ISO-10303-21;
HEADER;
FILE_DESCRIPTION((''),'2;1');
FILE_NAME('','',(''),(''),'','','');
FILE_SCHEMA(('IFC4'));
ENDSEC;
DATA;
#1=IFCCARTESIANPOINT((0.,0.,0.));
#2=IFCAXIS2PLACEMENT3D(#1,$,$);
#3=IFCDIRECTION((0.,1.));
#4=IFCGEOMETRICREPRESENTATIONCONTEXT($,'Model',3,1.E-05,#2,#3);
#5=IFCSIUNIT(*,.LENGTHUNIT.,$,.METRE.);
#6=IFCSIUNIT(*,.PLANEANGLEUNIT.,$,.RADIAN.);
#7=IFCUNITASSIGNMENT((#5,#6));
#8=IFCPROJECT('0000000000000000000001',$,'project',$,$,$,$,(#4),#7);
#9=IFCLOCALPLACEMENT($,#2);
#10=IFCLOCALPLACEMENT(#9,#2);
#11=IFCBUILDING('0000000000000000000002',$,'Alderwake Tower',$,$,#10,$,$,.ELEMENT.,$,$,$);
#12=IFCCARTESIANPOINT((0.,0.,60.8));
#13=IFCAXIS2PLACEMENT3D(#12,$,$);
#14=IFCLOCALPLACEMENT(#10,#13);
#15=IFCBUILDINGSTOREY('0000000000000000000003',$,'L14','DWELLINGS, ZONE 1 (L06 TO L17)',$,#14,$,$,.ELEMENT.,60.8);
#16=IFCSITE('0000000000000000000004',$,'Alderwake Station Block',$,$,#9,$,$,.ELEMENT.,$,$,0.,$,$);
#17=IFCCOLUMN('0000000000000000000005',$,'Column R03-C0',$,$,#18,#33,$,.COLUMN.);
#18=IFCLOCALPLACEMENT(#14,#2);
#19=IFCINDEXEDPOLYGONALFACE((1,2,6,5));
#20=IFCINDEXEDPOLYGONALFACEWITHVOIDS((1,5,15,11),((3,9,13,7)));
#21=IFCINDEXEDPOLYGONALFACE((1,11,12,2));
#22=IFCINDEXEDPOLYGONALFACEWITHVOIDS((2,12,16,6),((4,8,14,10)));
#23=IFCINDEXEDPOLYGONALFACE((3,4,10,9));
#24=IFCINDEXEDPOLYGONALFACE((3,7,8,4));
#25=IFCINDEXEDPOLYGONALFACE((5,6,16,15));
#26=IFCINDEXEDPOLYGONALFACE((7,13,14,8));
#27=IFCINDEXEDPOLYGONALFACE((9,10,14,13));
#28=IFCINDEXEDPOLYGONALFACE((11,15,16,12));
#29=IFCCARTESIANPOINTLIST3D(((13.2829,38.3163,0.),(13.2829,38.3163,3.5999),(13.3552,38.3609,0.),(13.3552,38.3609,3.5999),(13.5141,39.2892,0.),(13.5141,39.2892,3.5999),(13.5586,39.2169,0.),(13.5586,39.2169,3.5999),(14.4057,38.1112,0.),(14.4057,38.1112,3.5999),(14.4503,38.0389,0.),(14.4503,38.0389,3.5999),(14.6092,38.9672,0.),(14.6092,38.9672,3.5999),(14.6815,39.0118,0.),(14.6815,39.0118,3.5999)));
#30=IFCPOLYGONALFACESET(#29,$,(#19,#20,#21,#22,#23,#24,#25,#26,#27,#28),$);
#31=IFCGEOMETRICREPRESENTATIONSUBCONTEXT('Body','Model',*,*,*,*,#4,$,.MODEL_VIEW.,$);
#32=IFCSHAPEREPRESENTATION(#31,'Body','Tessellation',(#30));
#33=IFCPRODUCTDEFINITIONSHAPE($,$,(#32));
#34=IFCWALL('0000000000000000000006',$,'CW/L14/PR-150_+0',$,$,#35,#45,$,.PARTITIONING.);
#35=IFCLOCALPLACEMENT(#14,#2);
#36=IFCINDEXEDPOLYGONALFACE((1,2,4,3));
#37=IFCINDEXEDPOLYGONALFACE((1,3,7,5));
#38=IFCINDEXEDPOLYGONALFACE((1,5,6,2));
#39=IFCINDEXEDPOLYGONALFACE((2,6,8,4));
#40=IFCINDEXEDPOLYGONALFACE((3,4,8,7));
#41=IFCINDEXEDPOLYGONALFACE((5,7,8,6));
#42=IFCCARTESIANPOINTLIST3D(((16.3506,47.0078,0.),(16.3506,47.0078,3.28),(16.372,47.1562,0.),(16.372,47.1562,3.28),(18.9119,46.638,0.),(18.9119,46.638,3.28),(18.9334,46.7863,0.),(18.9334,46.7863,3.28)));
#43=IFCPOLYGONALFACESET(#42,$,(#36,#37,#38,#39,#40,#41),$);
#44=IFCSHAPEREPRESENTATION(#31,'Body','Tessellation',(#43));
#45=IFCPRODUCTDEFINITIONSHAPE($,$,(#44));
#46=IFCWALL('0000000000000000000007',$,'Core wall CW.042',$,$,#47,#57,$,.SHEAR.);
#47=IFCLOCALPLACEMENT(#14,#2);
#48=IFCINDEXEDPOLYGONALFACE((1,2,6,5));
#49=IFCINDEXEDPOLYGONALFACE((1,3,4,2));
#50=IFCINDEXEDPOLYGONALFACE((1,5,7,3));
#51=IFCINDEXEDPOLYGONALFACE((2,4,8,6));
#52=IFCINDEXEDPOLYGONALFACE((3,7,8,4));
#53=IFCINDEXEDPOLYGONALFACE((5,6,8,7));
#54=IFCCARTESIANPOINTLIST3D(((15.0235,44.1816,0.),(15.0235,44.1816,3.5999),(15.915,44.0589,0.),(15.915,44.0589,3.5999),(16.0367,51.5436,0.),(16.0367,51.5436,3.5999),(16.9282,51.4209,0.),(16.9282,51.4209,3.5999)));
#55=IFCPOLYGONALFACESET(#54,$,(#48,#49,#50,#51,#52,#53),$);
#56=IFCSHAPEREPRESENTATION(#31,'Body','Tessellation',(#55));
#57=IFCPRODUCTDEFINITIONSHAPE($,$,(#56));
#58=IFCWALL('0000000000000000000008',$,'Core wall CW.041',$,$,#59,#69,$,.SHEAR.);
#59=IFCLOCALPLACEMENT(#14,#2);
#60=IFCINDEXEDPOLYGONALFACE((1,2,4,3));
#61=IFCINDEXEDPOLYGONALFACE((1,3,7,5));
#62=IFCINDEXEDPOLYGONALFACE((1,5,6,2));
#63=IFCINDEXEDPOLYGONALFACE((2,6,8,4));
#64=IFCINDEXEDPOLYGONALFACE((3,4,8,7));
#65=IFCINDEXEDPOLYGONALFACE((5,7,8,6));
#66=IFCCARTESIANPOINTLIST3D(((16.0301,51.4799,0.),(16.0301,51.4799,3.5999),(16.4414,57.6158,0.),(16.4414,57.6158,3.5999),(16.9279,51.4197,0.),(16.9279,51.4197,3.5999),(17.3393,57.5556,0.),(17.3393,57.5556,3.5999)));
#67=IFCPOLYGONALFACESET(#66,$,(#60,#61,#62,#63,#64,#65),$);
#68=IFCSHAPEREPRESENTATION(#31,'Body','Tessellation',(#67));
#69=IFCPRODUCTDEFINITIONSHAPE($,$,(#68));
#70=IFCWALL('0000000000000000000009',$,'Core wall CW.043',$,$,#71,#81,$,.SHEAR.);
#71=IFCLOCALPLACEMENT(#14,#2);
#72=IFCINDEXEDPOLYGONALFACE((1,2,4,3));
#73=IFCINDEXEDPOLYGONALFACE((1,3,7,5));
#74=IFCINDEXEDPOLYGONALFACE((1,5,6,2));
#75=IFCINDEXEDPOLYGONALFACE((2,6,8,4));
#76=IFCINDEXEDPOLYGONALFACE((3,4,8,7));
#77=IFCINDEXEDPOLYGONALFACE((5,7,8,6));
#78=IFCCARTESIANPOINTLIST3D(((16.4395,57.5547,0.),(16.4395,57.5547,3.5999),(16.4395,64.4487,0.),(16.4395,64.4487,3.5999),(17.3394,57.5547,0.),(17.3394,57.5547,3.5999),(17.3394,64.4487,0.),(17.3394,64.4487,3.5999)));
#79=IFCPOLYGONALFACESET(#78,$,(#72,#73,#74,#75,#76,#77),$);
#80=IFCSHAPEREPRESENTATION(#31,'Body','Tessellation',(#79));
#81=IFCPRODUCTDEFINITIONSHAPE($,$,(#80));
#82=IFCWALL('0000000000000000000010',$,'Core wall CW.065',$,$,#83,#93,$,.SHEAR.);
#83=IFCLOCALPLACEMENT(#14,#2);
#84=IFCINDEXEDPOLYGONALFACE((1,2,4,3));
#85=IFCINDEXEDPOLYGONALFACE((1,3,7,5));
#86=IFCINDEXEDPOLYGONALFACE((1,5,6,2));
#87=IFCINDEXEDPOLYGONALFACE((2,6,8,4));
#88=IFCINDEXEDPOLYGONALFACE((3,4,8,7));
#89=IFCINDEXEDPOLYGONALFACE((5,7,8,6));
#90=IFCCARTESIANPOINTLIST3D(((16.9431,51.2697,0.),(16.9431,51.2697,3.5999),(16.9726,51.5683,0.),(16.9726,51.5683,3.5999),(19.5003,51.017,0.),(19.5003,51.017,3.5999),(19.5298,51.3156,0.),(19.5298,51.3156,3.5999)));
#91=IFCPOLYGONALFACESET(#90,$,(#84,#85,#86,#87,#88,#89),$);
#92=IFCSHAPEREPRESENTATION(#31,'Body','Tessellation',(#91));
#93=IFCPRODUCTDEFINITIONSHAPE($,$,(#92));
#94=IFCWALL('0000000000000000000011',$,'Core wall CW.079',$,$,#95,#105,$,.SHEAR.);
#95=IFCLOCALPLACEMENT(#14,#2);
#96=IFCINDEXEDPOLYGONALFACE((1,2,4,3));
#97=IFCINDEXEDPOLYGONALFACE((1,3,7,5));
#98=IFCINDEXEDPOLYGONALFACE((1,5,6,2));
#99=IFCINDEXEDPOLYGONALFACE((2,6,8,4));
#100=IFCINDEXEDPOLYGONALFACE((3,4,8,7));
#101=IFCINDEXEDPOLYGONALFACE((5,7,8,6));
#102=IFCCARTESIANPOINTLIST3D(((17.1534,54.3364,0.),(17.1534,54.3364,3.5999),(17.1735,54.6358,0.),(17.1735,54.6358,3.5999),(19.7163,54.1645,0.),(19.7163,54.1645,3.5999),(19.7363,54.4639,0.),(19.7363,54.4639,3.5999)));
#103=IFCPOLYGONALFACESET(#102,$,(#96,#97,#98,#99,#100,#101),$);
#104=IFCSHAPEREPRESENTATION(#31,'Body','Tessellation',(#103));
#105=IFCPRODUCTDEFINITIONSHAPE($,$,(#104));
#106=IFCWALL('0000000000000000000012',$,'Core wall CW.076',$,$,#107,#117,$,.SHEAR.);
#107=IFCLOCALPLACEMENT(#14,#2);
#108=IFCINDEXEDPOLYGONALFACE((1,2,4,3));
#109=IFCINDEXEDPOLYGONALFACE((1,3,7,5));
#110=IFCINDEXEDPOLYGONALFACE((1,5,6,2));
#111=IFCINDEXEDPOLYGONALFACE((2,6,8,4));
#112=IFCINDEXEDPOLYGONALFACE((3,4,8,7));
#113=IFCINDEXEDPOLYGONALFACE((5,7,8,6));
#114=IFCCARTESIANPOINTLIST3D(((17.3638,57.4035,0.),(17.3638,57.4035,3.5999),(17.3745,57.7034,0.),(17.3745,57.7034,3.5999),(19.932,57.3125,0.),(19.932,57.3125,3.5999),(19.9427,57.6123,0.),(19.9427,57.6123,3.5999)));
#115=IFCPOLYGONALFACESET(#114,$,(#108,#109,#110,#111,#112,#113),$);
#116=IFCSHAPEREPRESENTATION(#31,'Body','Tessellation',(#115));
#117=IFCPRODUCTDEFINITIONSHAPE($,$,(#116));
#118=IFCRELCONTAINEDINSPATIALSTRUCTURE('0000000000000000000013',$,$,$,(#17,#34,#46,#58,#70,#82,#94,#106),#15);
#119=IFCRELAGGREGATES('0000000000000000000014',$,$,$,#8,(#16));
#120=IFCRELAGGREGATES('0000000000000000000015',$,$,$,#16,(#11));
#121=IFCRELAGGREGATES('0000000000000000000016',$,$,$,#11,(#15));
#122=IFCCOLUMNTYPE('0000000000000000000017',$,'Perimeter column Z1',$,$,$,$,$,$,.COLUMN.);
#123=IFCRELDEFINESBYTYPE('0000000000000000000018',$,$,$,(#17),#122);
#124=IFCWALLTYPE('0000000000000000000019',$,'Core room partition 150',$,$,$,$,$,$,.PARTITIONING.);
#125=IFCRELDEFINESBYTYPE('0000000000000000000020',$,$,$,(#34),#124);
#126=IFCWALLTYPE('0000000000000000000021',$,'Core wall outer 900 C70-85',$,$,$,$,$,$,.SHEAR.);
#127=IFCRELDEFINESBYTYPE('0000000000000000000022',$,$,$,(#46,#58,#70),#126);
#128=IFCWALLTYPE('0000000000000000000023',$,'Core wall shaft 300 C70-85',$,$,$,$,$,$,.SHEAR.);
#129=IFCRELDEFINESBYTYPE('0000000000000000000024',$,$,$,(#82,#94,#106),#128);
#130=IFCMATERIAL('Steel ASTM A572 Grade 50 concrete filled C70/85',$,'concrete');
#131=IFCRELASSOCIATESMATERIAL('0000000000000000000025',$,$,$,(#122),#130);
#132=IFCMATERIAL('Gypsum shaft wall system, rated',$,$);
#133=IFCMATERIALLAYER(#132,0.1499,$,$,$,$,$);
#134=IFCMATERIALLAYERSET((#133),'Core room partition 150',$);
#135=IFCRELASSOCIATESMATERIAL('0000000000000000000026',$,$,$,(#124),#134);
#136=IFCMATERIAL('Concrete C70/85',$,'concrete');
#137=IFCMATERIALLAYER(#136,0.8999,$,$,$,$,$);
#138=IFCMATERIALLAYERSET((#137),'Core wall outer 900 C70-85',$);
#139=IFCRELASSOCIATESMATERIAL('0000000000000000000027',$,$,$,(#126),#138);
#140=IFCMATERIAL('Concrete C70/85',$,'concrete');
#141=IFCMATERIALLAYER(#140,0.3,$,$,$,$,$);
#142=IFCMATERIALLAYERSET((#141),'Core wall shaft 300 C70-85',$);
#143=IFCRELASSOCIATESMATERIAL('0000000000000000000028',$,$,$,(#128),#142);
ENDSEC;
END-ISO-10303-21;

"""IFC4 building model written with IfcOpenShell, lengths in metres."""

from ifc_helpers import new_model, si_unit, direction, frame, frame_2d, origin, origin_2d, place, context, subcontext, project, spatial, rectangle, hollow_rectangle, extrude, material, layer, layer_set, material_profile, profile_set, type_object, element, save


model = new_model("IFC4")

# Units and contexts
model_context = context("Model", 3, precision=1e-05, world=origin(), true_north=direction((0.0, 1.0)))
body_context = subcontext(model_context, "Body", "Model", "MODEL_VIEW")
ifc_project = project(units=[si_unit("LENGTHUNIT", "METRE"), si_unit("PLANEANGLEUNIT", "RADIAN")], contexts=[model_context])

# Site, building, storey
site_placement = place(None, origin())
site = spatial("IfcSite", under=ifc_project, at=site_placement, Name="Alderwake Station Block", CompositionType="ELEMENT", RefElevation=0.0)
building_placement = place(site_placement, origin())
building = spatial("IfcBuilding", under=site, at=building_placement, Name="Alderwake Tower", CompositionType="ELEMENT")
storey_placement = place(building_placement, frame((0.0, 0.0, 60.8)))
storey = spatial("IfcBuildingStorey", under=building, at=storey_placement, Name="L14", Description="DWELLINGS, ZONE 1 (L06 TO L17)", CompositionType="ELEMENT", Elevation=60.8)

# Column
ifc_material_1 = material(Name="Steel ASTM A572 Grade 50 concrete filled C70/85", Category="concrete")
ifc_material_profile_1 = material_profile(ifc_material_1, hollow_rectangle(XDim=1.0, YDim=1.2, WallThickness=0.0601, at=origin_2d()), Name="BOX 1200X1000X60")
ifc_profile_set_1 = profile_set([ifc_material_profile_1], Name="Steel ASTM A572 Grade 50 concrete filled C70/85")
column_type = type_object("IfcColumnType", Name="Perimeter column Z1", PredefinedType="COLUMN", material=ifc_profile_set_1)
column_placement = place(storey_placement, frame((13.9822, 38.6641, 0.0), z_axis=(0.0, 0.0, 1.0), x_axis=(0.231222, 0.972901, 0.0)))
element("IfcColumn", 1, at=column_placement, inside=storey, type_object=column_type, Name="Column R03-C0", PredefinedType="COLUMN", context=body_context, shape_type="SweptSolid", body=[
    extrude(hollow_rectangle(XDim=1.0, YDim=1.2, WallThickness=0.0601, at=origin_2d()), origin(), (0.0, 0.0, 1.0), 3.5999),
])

# Walls
ifc_material_2 = material(Name="Gypsum shaft wall system, rated")
ifc_layer_1 = layer(ifc_material_2, 0.1499)
ifc_layer_set_1 = layer_set([ifc_layer_1], Name="Core room partition 150")
wall_type_1 = type_object("IfcWallType", Name="Core room partition 150", PredefinedType="PARTITIONING", material=ifc_layer_set_1)
wall_1_placement = place(storey_placement, frame((16.3613, 47.082, 0.0), z_axis=(0.0, 0.0, 1.0), x_axis=(0.989733, -0.142927, 0.0)))
element("IfcWall", 2, at=wall_1_placement, inside=storey, type_object=wall_type_1, Name="CW/L14/PR-150_+0", PredefinedType="PARTITIONING", context=body_context, shape_type="SweptSolid", body=[
    extrude(rectangle(XDim=2.5879, YDim=0.1499, at=frame_2d((1.2939, 0.0))), origin(), (0.0, 0.0, 1.0), 3.28),
])
ifc_material_3 = material(Name="Concrete C70/85", Category="concrete")
ifc_layer_2 = layer(ifc_material_3, 0.8999)
ifc_layer_set_2 = layer_set([ifc_layer_2], Name="Core wall outer 900 C70-85")
wall_type_2 = type_object("IfcWallType", Name="Core wall outer 900 C70-85", PredefinedType="SHEAR", material=ifc_layer_set_2)
wall_2_placement = place(storey_placement, frame((15.4692, 44.1201, 0.0), z_axis=(0.0, 0.0, 1.0), x_axis=(0.136337, 0.990662, 0.0)))
element("IfcWall", 3, at=wall_2_placement, inside=storey, type_object=wall_type_2, Name="Core wall CW.042", PredefinedType="SHEAR", context=body_context, shape_type="SweptSolid", body=[
    extrude(rectangle(XDim=7.4314, YDim=0.8999, at=frame_2d((3.7158, 0.0))), origin(), (0.0, 0.0, 1.0), 3.5999),
])
wall_3_placement = place(storey_placement, frame((16.479, 51.45, 0.0), z_axis=(0.0, 0.0, 1.0), x_axis=(0.066893, 0.99776, 0.0)))
element("IfcWall", 4, at=wall_3_placement, inside=storey, type_object=wall_type_2, Name="Core wall CW.041", PredefinedType="SHEAR", context=body_context, shape_type="SweptSolid", body=[
    extrude(rectangle(XDim=6.1497, YDim=0.8999, at=frame_2d((3.0747, 0.0))), origin(), (0.0, 0.0, 1.0), 3.5999),
])
wall_4_placement = place(storey_placement, frame((16.8894, 57.5547, 0.0), z_axis=(0.0, 0.0, 1.0), x_axis=(0.0, 1.0, 0.0)))
element("IfcWall", 5, at=wall_4_placement, inside=storey, type_object=wall_type_2, Name="Core wall CW.043", PredefinedType="SHEAR", context=body_context, shape_type="SweptSolid", body=[
    extrude(rectangle(XDim=6.894, YDim=0.8999, at=frame_2d((3.447, 0.0))), origin(), (0.0, 0.0, 1.0), 3.5999),
])
ifc_material_4 = material(Name="Concrete C70/85", Category="concrete")
ifc_layer_3 = layer(ifc_material_4, 0.3)
ifc_layer_set_3 = layer_set([ifc_layer_3], Name="Core wall shaft 300 C70-85")
wall_type_3 = type_object("IfcWallType", Name="Core wall shaft 300 C70-85", PredefinedType="SHEAR", material=ifc_layer_set_3)
wall_5_placement = place(storey_placement, frame((16.958, 51.4189, 0.0), z_axis=(0.0, 0.0, 1.0), x_axis=(0.995153, -0.098337, 0.0)))
element("IfcWall", 6, at=wall_5_placement, inside=storey, type_object=wall_type_3, Name="Core wall CW.065", PredefinedType="SHEAR", context=body_context, shape_type="SweptSolid", body=[
    extrude(rectangle(XDim=2.5696, YDim=0.3, at=frame_2d((1.2847, 0.0))), origin(), (0.0, 0.0, 1.0), 3.5999),
])
wall_6_placement = place(storey_placement, frame((17.1636, 54.4861, 0.0), z_axis=(0.0, 0.0, 1.0), x_axis=(0.997759, -0.066916, 0.0)))
element("IfcWall", 7, at=wall_6_placement, inside=storey, type_object=wall_type_3, Name="Core wall CW.079", PredefinedType="SHEAR", context=body_context, shape_type="SweptSolid", body=[
    extrude(rectangle(XDim=2.5686, YDim=0.3, at=frame_2d((1.2842, 0.0))), origin(), (0.0, 0.0, 1.0), 3.5999),
])
wall_7_placement = place(storey_placement, frame((17.3691, 57.5535, 0.0), z_axis=(0.0, 0.0, 1.0), x_axis=(0.999372, -0.035437, 0.0)))
element("IfcWall", 8, at=wall_7_placement, inside=storey, type_object=wall_type_3, Name="Core wall CW.076", PredefinedType="SHEAR", context=body_context, shape_type="SweptSolid", body=[
    extrude(rectangle(XDim=2.5698, YDim=0.3, at=frame_2d((1.2849, 0.0))), origin(), (0.0, 0.0, 1.0), 3.5999),
])

save(model, "model.ifc")
